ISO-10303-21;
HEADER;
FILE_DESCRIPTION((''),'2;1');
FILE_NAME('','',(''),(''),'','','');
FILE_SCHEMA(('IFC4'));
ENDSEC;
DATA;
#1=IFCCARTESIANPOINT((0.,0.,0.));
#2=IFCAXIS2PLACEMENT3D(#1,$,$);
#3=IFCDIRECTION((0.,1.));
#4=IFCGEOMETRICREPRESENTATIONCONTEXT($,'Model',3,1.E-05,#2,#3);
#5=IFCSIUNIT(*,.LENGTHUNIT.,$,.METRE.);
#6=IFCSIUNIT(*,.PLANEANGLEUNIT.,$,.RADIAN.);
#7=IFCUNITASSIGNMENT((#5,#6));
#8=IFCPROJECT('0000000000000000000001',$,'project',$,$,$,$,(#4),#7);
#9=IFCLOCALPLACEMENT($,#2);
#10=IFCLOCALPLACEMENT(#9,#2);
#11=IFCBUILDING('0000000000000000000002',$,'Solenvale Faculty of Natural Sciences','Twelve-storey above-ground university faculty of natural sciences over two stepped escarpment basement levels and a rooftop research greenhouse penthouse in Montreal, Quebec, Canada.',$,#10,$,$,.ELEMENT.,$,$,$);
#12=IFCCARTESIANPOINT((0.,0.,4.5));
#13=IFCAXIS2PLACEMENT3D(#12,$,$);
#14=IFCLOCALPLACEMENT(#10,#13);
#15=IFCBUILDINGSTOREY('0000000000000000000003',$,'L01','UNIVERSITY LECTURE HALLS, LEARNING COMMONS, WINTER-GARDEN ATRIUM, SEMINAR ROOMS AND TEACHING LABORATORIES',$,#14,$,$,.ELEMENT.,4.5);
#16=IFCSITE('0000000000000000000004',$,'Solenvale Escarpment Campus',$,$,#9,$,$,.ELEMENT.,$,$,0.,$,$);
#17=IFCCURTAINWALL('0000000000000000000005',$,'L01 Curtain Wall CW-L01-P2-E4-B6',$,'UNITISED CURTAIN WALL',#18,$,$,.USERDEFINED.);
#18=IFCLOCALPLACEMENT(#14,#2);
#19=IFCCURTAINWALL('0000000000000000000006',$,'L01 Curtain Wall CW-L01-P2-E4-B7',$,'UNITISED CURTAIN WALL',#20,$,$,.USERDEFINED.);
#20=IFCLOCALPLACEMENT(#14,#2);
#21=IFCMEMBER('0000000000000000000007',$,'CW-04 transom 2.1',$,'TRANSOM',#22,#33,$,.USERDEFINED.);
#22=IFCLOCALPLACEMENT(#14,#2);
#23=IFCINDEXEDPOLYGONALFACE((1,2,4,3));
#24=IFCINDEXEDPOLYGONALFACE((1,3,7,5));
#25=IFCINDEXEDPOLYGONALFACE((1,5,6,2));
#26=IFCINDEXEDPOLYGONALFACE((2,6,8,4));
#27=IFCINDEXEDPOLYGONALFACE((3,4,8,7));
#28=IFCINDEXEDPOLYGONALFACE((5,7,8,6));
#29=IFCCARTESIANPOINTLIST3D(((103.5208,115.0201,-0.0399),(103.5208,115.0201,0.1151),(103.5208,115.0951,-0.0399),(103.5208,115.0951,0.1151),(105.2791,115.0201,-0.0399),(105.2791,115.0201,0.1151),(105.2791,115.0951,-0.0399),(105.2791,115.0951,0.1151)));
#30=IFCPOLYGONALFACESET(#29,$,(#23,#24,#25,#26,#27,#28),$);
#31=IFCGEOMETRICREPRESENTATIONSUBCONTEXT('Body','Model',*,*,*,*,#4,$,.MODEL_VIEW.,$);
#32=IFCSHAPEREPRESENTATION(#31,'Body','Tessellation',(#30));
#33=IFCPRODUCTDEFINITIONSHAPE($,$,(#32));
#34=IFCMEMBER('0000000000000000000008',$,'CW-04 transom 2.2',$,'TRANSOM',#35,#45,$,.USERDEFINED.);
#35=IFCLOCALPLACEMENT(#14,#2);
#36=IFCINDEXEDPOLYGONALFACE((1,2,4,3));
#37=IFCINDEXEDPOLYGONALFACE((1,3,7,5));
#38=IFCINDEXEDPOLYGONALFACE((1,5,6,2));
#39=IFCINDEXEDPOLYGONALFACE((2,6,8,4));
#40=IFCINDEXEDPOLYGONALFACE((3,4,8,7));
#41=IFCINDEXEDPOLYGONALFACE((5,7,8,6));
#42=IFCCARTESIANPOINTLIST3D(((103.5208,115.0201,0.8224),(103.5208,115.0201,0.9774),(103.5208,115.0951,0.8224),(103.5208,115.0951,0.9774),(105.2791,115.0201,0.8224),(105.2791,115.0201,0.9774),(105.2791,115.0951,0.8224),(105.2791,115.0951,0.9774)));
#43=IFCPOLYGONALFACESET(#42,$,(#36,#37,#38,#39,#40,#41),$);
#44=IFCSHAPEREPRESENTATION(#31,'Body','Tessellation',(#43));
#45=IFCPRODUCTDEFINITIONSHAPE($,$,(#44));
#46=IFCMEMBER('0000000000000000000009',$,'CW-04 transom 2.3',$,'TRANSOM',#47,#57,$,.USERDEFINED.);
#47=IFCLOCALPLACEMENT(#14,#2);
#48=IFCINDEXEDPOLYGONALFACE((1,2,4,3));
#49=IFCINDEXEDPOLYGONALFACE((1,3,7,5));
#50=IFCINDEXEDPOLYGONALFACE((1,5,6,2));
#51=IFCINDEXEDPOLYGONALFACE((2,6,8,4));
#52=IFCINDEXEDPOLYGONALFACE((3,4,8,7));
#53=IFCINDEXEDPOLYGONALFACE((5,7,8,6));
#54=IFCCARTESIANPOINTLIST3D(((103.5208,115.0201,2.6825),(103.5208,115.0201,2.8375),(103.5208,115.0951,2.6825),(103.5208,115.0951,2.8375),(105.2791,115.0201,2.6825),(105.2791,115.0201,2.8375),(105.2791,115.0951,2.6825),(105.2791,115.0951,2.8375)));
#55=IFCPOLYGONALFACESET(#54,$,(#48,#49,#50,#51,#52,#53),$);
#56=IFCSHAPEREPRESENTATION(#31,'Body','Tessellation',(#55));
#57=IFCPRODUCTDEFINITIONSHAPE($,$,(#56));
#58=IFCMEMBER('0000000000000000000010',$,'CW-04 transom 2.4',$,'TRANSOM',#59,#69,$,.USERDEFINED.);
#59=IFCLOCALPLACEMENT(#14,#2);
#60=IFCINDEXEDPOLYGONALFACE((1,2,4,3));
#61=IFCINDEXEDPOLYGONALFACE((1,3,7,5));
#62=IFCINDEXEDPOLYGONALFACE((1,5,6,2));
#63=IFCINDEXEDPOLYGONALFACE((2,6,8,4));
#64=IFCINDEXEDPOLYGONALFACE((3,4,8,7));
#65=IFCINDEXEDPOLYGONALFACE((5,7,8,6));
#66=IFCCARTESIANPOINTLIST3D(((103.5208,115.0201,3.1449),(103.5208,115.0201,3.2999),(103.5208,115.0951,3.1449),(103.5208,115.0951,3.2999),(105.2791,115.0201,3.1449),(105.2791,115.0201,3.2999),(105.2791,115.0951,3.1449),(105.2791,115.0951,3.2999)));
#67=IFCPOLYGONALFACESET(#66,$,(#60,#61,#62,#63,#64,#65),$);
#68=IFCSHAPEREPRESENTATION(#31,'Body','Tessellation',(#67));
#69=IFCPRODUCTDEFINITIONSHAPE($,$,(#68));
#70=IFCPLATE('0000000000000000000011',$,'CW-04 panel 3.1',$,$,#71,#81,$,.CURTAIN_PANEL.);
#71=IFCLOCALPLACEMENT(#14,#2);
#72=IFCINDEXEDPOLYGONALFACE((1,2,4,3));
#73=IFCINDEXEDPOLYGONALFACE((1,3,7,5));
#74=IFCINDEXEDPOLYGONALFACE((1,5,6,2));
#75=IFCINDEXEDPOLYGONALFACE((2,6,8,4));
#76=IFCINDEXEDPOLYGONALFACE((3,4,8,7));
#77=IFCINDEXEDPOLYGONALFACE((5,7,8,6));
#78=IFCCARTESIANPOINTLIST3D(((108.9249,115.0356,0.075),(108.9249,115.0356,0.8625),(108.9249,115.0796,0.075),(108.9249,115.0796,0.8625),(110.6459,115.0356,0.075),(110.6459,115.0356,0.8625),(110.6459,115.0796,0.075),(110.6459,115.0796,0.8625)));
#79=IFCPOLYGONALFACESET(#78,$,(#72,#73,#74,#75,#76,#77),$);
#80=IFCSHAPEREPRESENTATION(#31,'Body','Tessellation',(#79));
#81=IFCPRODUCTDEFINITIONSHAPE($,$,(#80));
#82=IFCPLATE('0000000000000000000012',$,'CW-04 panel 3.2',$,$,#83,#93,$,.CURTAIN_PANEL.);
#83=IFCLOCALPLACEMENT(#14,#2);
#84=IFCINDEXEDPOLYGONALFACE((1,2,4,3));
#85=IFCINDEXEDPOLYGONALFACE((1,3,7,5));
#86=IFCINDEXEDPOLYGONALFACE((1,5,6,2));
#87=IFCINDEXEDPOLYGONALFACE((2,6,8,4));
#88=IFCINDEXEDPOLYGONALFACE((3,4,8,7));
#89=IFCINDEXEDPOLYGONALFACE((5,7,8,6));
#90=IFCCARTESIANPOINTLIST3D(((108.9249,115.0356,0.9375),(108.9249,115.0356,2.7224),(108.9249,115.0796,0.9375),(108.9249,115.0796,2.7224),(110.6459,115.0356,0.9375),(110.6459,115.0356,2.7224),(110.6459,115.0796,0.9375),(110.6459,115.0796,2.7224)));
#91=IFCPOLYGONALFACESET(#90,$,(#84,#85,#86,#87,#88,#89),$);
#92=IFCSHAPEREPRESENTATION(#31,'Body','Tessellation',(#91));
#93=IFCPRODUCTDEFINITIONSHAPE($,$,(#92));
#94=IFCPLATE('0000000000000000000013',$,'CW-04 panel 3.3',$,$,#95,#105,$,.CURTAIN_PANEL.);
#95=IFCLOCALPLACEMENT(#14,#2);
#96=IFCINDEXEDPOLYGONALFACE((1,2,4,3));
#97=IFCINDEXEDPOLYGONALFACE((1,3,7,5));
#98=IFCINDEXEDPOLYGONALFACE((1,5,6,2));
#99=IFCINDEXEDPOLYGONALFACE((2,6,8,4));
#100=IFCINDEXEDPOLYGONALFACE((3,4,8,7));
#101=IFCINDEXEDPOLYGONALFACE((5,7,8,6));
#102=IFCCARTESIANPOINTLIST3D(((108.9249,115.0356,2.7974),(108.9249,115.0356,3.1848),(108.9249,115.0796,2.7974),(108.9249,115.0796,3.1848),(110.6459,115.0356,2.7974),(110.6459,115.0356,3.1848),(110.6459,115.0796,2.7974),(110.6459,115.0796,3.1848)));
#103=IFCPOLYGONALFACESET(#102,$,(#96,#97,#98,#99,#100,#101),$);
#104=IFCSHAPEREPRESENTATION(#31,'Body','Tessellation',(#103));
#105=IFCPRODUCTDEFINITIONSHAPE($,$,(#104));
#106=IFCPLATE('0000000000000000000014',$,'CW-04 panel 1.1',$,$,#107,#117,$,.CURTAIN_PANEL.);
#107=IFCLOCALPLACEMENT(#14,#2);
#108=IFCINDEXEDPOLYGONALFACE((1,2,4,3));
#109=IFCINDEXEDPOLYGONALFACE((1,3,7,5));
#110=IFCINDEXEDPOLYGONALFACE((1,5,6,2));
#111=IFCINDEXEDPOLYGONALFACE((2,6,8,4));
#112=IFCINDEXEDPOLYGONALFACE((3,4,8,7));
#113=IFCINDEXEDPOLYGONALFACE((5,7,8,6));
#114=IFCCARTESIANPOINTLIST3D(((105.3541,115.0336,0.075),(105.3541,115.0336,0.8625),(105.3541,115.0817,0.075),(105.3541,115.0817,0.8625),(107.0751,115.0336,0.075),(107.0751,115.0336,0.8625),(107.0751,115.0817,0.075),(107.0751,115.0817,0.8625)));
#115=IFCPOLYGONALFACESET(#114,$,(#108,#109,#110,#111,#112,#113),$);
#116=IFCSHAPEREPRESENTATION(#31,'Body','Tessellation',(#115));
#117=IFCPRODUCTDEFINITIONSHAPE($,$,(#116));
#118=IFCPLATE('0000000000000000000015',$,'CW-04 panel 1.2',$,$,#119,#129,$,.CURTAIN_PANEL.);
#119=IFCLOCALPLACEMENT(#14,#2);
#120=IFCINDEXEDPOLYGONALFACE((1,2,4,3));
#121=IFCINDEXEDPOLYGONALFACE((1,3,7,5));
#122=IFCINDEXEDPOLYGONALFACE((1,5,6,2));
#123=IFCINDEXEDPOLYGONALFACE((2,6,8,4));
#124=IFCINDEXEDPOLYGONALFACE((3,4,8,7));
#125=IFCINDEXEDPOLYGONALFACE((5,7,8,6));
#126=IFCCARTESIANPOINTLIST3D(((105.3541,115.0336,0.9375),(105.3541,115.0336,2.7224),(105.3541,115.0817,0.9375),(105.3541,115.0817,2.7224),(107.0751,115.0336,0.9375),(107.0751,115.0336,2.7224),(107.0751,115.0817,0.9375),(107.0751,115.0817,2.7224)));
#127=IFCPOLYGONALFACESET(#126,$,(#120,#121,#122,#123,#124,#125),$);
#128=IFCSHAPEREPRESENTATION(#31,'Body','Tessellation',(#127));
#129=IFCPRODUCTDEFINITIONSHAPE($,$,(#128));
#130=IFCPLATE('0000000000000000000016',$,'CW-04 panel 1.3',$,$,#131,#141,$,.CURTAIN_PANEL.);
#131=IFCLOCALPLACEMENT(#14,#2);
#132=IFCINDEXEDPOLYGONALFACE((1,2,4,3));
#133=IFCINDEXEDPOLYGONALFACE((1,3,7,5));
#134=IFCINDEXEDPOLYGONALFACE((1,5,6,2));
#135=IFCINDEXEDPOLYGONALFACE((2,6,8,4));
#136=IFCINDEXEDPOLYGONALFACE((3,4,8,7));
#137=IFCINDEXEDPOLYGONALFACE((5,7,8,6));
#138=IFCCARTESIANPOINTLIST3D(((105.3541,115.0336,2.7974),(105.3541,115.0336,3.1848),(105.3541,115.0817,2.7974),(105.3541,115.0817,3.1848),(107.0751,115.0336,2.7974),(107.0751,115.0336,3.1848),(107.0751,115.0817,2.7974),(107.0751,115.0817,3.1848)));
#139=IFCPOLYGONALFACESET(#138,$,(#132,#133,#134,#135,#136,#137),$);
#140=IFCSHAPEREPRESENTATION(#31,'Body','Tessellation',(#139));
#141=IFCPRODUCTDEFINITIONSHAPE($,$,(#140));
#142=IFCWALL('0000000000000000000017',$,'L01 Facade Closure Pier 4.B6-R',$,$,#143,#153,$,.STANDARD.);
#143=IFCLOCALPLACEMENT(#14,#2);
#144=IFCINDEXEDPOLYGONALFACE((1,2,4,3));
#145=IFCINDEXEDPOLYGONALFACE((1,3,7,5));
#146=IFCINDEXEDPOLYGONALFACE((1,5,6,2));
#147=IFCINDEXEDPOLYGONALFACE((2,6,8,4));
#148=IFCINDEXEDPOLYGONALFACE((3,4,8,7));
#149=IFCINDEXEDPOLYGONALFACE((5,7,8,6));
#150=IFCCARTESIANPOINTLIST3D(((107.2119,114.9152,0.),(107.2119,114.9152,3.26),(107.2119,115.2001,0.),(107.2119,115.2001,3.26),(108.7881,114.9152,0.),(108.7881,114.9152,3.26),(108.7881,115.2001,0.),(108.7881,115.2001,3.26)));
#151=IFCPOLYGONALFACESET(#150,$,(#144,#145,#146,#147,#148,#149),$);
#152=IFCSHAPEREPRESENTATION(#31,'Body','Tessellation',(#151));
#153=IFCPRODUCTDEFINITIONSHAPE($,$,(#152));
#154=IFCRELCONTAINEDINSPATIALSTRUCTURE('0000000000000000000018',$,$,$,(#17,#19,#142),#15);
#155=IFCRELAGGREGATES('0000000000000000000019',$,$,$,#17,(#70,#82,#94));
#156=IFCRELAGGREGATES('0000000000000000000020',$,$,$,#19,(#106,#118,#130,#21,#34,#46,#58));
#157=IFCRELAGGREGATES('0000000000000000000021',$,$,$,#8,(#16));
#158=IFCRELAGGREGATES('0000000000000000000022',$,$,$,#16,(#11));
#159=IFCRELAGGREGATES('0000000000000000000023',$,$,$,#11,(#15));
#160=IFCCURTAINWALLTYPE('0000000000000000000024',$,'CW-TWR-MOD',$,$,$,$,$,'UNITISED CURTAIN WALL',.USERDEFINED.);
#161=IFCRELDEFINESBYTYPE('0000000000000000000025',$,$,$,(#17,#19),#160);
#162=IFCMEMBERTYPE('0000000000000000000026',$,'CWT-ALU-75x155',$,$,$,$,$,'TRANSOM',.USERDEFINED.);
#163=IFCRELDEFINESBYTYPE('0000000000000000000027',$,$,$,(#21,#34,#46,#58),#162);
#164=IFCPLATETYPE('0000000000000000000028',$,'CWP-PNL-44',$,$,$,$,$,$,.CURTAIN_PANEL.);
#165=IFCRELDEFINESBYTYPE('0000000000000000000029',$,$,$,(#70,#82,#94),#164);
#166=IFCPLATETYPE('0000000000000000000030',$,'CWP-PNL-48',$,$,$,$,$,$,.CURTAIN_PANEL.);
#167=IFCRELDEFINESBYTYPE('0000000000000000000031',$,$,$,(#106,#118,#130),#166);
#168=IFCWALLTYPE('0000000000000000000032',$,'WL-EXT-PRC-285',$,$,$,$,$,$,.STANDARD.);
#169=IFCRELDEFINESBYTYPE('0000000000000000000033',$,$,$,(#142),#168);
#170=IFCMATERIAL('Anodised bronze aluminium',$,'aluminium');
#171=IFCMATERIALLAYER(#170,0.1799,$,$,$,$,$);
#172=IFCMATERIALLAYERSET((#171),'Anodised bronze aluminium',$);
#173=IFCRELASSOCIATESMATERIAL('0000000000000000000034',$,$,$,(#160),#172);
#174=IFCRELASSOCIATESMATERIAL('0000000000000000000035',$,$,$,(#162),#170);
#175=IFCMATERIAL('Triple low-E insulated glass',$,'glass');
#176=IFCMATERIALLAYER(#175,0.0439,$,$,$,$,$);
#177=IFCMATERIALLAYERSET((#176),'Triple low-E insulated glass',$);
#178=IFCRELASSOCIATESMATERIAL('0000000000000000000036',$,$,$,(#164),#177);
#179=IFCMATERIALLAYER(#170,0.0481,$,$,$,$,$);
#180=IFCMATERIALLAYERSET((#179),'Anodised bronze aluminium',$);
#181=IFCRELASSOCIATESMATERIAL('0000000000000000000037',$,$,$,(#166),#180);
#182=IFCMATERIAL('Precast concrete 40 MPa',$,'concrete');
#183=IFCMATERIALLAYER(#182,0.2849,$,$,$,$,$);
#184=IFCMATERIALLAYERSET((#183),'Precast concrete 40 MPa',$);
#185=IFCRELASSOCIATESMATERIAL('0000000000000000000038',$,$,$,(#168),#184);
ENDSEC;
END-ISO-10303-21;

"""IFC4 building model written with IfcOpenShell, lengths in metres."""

from ifc_helpers import new_model, si_unit, direction, frame, frame_2d, origin, origin_2d, place, context, subcontext, project, spatial, rectangle, extrude, material, layer, layer_set, material_profile, profile_set, type_object, element, aggregate, save


model = new_model("IFC4")

# Units and contexts
model_context = context("Model", 3, precision=1e-05, world=origin(), true_north=direction((0.0, 1.0)))
body_context = subcontext(model_context, "Body", "Model", "MODEL_VIEW")
ifc_project = project(units=[si_unit("LENGTHUNIT", "METRE"), si_unit("PLANEANGLEUNIT", "RADIAN")], contexts=[model_context])

# Site, building, storey
site_placement = place(None, origin())
site = spatial("IfcSite", under=ifc_project, at=site_placement, Name="Solenvale Escarpment Campus", CompositionType="ELEMENT", RefElevation=0.0)
building_placement = place(site_placement, origin())
building = spatial("IfcBuilding", under=site, at=building_placement, Name="Solenvale Faculty of Natural Sciences", Description="Twelve-storey above-ground university faculty of natural sciences over two stepped escarpment basement levels and a rooftop research greenhouse penthouse in Montreal, Quebec, Canada.", CompositionType="ELEMENT")
storey_placement = place(building_placement, frame((0.0, 0.0, 4.5)))
storey = spatial("IfcBuildingStorey", under=building, at=storey_placement, Name="L01", Description="UNIVERSITY LECTURE HALLS, LEARNING COMMONS, WINTER-GARDEN ATRIUM, SEMINAR ROOMS AND TEACHING LABORATORIES", CompositionType="ELEMENT", Elevation=4.5)

# Shared definitions
ifc_material_1 = material(Name="Precast concrete 40 MPa", Category="concrete")

# Curtain walls
ifc_material_2 = material(Name="Anodised bronze aluminium", Category="aluminium")
ifc_layer_1 = layer(ifc_material_2, 0.1799)
ifc_layer_set_1 = layer_set([ifc_layer_1], Name="Anodised bronze aluminium")
curtain_wall_type = type_object("IfcCurtainWallType", Name="CW-TWR-MOD", ElementType="UNITISED CURTAIN WALL", PredefinedType="USERDEFINED", material=ifc_layer_set_1)
curtain_wall_1_placement = place(storey_placement, origin())
curtain_wall_1 = element("IfcCurtainWall", 1, at=curtain_wall_1_placement, inside=storey, type_object=curtain_wall_type, Name="L01 Curtain Wall CW-L01-P2-E4-B6", ObjectType="UNITISED CURTAIN WALL", PredefinedType="USERDEFINED")
curtain_wall_2_placement = place(storey_placement, origin())
curtain_wall_2 = element("IfcCurtainWall", 2, at=curtain_wall_2_placement, inside=storey, type_object=curtain_wall_type, Name="L01 Curtain Wall CW-L01-P2-E4-B7", ObjectType="UNITISED CURTAIN WALL", PredefinedType="USERDEFINED")

# Members
ifc_material_profile_1 = material_profile(ifc_material_2, rectangle(XDim=0.075, YDim=0.155, at=origin_2d()), Name="ALU-TRN-75x155")
ifc_profile_set_1 = profile_set([ifc_material_profile_1], Name="Anodised bronze aluminium")
member_type_1 = type_object("IfcMemberType", Name="CWT-ALU-75x155", ElementType="TRANSOM", PredefinedType="USERDEFINED", material=ifc_profile_set_1)
member_1_placement = place(storey_placement, frame((105.2791, 115.0576, 0.0376), z_axis=(-1.0, 0.0, 0.0), x_axis=(0.0, -1.0, 0.0)))
member_1 = element("IfcMember", 3, at=member_1_placement, type_object=member_type_1, Name="CW-04 transom 2.1", ObjectType="TRANSOM", PredefinedType="USERDEFINED", context=body_context, shape_type="SweptSolid", body=[
    extrude(rectangle(XDim=0.075, YDim=0.155, at=origin_2d()), origin(), (0.0, 0.0, 1.0), 1.7583),
])
member_2_placement = place(storey_placement, frame((105.2791, 115.0576, 0.8999), z_axis=(-1.0, 0.0, 0.0), x_axis=(0.0, -1.0, 0.0)))
member_2 = element("IfcMember", 4, at=member_2_placement, type_object=member_type_1, Name="CW-04 transom 2.2", ObjectType="TRANSOM", PredefinedType="USERDEFINED", context=body_context, shape_type="SweptSolid", body=[
    extrude(rectangle(XDim=0.075, YDim=0.155, at=origin_2d()), origin(), (0.0, 0.0, 1.0), 1.7583),
])
member_3_placement = place(storey_placement, frame((105.2791, 115.0576, 2.76), z_axis=(-1.0, 0.0, 0.0), x_axis=(0.0, -1.0, 0.0)))
member_3 = element("IfcMember", 5, at=member_3_placement, type_object=member_type_1, Name="CW-04 transom 2.3", ObjectType="TRANSOM", PredefinedType="USERDEFINED", context=body_context, shape_type="SweptSolid", body=[
    extrude(rectangle(XDim=0.075, YDim=0.155, at=origin_2d()), origin(), (0.0, 0.0, 1.0), 1.7583),
])
member_4_placement = place(storey_placement, frame((105.2791, 115.0576, 3.2224), z_axis=(-1.0, 0.0, 0.0), x_axis=(0.0, -1.0, 0.0)))
member_4 = element("IfcMember", 6, at=member_4_placement, type_object=member_type_1, Name="CW-04 transom 2.4", ObjectType="TRANSOM", PredefinedType="USERDEFINED", context=body_context, shape_type="SweptSolid", body=[
    extrude(rectangle(XDim=0.075, YDim=0.155, at=origin_2d()), origin(), (0.0, 0.0, 1.0), 1.7583),
])

# Plates
ifc_material_3 = material(Name="Triple low-E insulated glass", Category="glass")
ifc_layer_2 = layer(ifc_material_3, 0.0439)
ifc_layer_set_2 = layer_set([ifc_layer_2], Name="Triple low-E insulated glass")
plate_type_1 = type_object("IfcPlateType", Name="CWP-PNL-44", PredefinedType="CURTAIN_PANEL", material=ifc_layer_set_2)
plate_1_placement = place(storey_placement, frame((109.7854, 115.0576, 0.075), z_axis=(0.0, 0.0, 1.0), x_axis=(-1.0, 0.0, 0.0)))
plate_1 = element("IfcPlate", 7, at=plate_1_placement, type_object=plate_type_1, Name="CW-04 panel 3.1", PredefinedType="CURTAIN_PANEL", context=body_context, shape_type="SweptSolid", body=[
    extrude(rectangle(XDim=1.7209, YDim=0.0439, at=origin_2d()), origin(), (0.0, 0.0, 1.0), 0.7876),
])
plate_2_placement = place(storey_placement, frame((109.7854, 115.0576, 0.9375), z_axis=(0.0, 0.0, 1.0), x_axis=(-1.0, 0.0, 0.0)))
plate_2 = element("IfcPlate", 8, at=plate_2_placement, type_object=plate_type_1, Name="CW-04 panel 3.2", PredefinedType="CURTAIN_PANEL", context=body_context, shape_type="SweptSolid", body=[
    extrude(rectangle(XDim=1.7209, YDim=0.0439, at=origin_2d()), origin(), (0.0, 0.0, 1.0), 1.7849),
])
plate_3_placement = place(storey_placement, frame((109.7854, 115.0576, 2.7974), z_axis=(0.0, 0.0, 1.0), x_axis=(-1.0, 0.0, 0.0)))
plate_3 = element("IfcPlate", 9, at=plate_3_placement, type_object=plate_type_1, Name="CW-04 panel 3.3", PredefinedType="CURTAIN_PANEL", context=body_context, shape_type="SweptSolid", body=[
    extrude(rectangle(XDim=1.7209, YDim=0.0439, at=origin_2d()), origin(), (0.0, 0.0, 1.0), 0.3875),
])
aggregate(curtain_wall_1, [plate_1, plate_2, plate_3])
ifc_layer_3 = layer(ifc_material_2, 0.0481)
ifc_layer_set_3 = layer_set([ifc_layer_3], Name="Anodised bronze aluminium")
plate_type_2 = type_object("IfcPlateType", Name="CWP-PNL-48", PredefinedType="CURTAIN_PANEL", material=ifc_layer_set_3)
plate_4_placement = place(storey_placement, frame((106.2146, 115.0576, 0.075), z_axis=(0.0, 0.0, 1.0), x_axis=(-1.0, 0.0, 0.0)))
plate_4 = element("IfcPlate", 10, at=plate_4_placement, type_object=plate_type_2, Name="CW-04 panel 1.1", PredefinedType="CURTAIN_PANEL", context=body_context, shape_type="SweptSolid", body=[
    extrude(rectangle(XDim=1.7209, YDim=0.0481, at=origin_2d()), origin(), (0.0, 0.0, 1.0), 0.7876),
])
plate_5_placement = place(storey_placement, frame((106.2146, 115.0576, 0.9375), z_axis=(0.0, 0.0, 1.0), x_axis=(-1.0, 0.0, 0.0)))
plate_5 = element("IfcPlate", 11, at=plate_5_placement, type_object=plate_type_2, Name="CW-04 panel 1.2", PredefinedType="CURTAIN_PANEL", context=body_context, shape_type="SweptSolid", body=[
    extrude(rectangle(XDim=1.7209, YDim=0.0481, at=origin_2d()), origin(), (0.0, 0.0, 1.0), 1.7849),
])
plate_6_placement = place(storey_placement, frame((106.2146, 115.0576, 2.7974), z_axis=(0.0, 0.0, 1.0), x_axis=(-1.0, 0.0, 0.0)))
plate_6 = element("IfcPlate", 12, at=plate_6_placement, type_object=plate_type_2, Name="CW-04 panel 1.3", PredefinedType="CURTAIN_PANEL", context=body_context, shape_type="SweptSolid", body=[
    extrude(rectangle(XDim=1.7209, YDim=0.0481, at=origin_2d()), origin(), (0.0, 0.0, 1.0), 0.3875),
])
aggregate(curtain_wall_2, [plate_4, plate_5, plate_6, member_1, member_2, member_3, member_4])

# Wall
ifc_layer_4 = layer(ifc_material_1, 0.2849)
ifc_layer_set_4 = layer_set([ifc_layer_4], Name="Precast concrete 40 MPa")
wall_type = type_object("IfcWallType", Name="WL-EXT-PRC-285", PredefinedType="STANDARD", material=ifc_layer_set_4)
wall_placement = place(storey_placement, frame((108.7881, 115.0576, 0.0), z_axis=(0.0, 0.0, 1.0), x_axis=(-1.0, 0.0, 0.0)))
element("IfcWall", 13, at=wall_placement, inside=storey, type_object=wall_type, Name="L01 Facade Closure Pier 4.B6-R", PredefinedType="STANDARD", context=body_context, shape_type="SweptSolid", body=[
    extrude(rectangle(XDim=1.5762, YDim=0.2849, at=frame_2d((0.7881, 0.0))), origin(), (0.0, 0.0, 1.0), 3.26),
])

save(model, "model.ifc")
